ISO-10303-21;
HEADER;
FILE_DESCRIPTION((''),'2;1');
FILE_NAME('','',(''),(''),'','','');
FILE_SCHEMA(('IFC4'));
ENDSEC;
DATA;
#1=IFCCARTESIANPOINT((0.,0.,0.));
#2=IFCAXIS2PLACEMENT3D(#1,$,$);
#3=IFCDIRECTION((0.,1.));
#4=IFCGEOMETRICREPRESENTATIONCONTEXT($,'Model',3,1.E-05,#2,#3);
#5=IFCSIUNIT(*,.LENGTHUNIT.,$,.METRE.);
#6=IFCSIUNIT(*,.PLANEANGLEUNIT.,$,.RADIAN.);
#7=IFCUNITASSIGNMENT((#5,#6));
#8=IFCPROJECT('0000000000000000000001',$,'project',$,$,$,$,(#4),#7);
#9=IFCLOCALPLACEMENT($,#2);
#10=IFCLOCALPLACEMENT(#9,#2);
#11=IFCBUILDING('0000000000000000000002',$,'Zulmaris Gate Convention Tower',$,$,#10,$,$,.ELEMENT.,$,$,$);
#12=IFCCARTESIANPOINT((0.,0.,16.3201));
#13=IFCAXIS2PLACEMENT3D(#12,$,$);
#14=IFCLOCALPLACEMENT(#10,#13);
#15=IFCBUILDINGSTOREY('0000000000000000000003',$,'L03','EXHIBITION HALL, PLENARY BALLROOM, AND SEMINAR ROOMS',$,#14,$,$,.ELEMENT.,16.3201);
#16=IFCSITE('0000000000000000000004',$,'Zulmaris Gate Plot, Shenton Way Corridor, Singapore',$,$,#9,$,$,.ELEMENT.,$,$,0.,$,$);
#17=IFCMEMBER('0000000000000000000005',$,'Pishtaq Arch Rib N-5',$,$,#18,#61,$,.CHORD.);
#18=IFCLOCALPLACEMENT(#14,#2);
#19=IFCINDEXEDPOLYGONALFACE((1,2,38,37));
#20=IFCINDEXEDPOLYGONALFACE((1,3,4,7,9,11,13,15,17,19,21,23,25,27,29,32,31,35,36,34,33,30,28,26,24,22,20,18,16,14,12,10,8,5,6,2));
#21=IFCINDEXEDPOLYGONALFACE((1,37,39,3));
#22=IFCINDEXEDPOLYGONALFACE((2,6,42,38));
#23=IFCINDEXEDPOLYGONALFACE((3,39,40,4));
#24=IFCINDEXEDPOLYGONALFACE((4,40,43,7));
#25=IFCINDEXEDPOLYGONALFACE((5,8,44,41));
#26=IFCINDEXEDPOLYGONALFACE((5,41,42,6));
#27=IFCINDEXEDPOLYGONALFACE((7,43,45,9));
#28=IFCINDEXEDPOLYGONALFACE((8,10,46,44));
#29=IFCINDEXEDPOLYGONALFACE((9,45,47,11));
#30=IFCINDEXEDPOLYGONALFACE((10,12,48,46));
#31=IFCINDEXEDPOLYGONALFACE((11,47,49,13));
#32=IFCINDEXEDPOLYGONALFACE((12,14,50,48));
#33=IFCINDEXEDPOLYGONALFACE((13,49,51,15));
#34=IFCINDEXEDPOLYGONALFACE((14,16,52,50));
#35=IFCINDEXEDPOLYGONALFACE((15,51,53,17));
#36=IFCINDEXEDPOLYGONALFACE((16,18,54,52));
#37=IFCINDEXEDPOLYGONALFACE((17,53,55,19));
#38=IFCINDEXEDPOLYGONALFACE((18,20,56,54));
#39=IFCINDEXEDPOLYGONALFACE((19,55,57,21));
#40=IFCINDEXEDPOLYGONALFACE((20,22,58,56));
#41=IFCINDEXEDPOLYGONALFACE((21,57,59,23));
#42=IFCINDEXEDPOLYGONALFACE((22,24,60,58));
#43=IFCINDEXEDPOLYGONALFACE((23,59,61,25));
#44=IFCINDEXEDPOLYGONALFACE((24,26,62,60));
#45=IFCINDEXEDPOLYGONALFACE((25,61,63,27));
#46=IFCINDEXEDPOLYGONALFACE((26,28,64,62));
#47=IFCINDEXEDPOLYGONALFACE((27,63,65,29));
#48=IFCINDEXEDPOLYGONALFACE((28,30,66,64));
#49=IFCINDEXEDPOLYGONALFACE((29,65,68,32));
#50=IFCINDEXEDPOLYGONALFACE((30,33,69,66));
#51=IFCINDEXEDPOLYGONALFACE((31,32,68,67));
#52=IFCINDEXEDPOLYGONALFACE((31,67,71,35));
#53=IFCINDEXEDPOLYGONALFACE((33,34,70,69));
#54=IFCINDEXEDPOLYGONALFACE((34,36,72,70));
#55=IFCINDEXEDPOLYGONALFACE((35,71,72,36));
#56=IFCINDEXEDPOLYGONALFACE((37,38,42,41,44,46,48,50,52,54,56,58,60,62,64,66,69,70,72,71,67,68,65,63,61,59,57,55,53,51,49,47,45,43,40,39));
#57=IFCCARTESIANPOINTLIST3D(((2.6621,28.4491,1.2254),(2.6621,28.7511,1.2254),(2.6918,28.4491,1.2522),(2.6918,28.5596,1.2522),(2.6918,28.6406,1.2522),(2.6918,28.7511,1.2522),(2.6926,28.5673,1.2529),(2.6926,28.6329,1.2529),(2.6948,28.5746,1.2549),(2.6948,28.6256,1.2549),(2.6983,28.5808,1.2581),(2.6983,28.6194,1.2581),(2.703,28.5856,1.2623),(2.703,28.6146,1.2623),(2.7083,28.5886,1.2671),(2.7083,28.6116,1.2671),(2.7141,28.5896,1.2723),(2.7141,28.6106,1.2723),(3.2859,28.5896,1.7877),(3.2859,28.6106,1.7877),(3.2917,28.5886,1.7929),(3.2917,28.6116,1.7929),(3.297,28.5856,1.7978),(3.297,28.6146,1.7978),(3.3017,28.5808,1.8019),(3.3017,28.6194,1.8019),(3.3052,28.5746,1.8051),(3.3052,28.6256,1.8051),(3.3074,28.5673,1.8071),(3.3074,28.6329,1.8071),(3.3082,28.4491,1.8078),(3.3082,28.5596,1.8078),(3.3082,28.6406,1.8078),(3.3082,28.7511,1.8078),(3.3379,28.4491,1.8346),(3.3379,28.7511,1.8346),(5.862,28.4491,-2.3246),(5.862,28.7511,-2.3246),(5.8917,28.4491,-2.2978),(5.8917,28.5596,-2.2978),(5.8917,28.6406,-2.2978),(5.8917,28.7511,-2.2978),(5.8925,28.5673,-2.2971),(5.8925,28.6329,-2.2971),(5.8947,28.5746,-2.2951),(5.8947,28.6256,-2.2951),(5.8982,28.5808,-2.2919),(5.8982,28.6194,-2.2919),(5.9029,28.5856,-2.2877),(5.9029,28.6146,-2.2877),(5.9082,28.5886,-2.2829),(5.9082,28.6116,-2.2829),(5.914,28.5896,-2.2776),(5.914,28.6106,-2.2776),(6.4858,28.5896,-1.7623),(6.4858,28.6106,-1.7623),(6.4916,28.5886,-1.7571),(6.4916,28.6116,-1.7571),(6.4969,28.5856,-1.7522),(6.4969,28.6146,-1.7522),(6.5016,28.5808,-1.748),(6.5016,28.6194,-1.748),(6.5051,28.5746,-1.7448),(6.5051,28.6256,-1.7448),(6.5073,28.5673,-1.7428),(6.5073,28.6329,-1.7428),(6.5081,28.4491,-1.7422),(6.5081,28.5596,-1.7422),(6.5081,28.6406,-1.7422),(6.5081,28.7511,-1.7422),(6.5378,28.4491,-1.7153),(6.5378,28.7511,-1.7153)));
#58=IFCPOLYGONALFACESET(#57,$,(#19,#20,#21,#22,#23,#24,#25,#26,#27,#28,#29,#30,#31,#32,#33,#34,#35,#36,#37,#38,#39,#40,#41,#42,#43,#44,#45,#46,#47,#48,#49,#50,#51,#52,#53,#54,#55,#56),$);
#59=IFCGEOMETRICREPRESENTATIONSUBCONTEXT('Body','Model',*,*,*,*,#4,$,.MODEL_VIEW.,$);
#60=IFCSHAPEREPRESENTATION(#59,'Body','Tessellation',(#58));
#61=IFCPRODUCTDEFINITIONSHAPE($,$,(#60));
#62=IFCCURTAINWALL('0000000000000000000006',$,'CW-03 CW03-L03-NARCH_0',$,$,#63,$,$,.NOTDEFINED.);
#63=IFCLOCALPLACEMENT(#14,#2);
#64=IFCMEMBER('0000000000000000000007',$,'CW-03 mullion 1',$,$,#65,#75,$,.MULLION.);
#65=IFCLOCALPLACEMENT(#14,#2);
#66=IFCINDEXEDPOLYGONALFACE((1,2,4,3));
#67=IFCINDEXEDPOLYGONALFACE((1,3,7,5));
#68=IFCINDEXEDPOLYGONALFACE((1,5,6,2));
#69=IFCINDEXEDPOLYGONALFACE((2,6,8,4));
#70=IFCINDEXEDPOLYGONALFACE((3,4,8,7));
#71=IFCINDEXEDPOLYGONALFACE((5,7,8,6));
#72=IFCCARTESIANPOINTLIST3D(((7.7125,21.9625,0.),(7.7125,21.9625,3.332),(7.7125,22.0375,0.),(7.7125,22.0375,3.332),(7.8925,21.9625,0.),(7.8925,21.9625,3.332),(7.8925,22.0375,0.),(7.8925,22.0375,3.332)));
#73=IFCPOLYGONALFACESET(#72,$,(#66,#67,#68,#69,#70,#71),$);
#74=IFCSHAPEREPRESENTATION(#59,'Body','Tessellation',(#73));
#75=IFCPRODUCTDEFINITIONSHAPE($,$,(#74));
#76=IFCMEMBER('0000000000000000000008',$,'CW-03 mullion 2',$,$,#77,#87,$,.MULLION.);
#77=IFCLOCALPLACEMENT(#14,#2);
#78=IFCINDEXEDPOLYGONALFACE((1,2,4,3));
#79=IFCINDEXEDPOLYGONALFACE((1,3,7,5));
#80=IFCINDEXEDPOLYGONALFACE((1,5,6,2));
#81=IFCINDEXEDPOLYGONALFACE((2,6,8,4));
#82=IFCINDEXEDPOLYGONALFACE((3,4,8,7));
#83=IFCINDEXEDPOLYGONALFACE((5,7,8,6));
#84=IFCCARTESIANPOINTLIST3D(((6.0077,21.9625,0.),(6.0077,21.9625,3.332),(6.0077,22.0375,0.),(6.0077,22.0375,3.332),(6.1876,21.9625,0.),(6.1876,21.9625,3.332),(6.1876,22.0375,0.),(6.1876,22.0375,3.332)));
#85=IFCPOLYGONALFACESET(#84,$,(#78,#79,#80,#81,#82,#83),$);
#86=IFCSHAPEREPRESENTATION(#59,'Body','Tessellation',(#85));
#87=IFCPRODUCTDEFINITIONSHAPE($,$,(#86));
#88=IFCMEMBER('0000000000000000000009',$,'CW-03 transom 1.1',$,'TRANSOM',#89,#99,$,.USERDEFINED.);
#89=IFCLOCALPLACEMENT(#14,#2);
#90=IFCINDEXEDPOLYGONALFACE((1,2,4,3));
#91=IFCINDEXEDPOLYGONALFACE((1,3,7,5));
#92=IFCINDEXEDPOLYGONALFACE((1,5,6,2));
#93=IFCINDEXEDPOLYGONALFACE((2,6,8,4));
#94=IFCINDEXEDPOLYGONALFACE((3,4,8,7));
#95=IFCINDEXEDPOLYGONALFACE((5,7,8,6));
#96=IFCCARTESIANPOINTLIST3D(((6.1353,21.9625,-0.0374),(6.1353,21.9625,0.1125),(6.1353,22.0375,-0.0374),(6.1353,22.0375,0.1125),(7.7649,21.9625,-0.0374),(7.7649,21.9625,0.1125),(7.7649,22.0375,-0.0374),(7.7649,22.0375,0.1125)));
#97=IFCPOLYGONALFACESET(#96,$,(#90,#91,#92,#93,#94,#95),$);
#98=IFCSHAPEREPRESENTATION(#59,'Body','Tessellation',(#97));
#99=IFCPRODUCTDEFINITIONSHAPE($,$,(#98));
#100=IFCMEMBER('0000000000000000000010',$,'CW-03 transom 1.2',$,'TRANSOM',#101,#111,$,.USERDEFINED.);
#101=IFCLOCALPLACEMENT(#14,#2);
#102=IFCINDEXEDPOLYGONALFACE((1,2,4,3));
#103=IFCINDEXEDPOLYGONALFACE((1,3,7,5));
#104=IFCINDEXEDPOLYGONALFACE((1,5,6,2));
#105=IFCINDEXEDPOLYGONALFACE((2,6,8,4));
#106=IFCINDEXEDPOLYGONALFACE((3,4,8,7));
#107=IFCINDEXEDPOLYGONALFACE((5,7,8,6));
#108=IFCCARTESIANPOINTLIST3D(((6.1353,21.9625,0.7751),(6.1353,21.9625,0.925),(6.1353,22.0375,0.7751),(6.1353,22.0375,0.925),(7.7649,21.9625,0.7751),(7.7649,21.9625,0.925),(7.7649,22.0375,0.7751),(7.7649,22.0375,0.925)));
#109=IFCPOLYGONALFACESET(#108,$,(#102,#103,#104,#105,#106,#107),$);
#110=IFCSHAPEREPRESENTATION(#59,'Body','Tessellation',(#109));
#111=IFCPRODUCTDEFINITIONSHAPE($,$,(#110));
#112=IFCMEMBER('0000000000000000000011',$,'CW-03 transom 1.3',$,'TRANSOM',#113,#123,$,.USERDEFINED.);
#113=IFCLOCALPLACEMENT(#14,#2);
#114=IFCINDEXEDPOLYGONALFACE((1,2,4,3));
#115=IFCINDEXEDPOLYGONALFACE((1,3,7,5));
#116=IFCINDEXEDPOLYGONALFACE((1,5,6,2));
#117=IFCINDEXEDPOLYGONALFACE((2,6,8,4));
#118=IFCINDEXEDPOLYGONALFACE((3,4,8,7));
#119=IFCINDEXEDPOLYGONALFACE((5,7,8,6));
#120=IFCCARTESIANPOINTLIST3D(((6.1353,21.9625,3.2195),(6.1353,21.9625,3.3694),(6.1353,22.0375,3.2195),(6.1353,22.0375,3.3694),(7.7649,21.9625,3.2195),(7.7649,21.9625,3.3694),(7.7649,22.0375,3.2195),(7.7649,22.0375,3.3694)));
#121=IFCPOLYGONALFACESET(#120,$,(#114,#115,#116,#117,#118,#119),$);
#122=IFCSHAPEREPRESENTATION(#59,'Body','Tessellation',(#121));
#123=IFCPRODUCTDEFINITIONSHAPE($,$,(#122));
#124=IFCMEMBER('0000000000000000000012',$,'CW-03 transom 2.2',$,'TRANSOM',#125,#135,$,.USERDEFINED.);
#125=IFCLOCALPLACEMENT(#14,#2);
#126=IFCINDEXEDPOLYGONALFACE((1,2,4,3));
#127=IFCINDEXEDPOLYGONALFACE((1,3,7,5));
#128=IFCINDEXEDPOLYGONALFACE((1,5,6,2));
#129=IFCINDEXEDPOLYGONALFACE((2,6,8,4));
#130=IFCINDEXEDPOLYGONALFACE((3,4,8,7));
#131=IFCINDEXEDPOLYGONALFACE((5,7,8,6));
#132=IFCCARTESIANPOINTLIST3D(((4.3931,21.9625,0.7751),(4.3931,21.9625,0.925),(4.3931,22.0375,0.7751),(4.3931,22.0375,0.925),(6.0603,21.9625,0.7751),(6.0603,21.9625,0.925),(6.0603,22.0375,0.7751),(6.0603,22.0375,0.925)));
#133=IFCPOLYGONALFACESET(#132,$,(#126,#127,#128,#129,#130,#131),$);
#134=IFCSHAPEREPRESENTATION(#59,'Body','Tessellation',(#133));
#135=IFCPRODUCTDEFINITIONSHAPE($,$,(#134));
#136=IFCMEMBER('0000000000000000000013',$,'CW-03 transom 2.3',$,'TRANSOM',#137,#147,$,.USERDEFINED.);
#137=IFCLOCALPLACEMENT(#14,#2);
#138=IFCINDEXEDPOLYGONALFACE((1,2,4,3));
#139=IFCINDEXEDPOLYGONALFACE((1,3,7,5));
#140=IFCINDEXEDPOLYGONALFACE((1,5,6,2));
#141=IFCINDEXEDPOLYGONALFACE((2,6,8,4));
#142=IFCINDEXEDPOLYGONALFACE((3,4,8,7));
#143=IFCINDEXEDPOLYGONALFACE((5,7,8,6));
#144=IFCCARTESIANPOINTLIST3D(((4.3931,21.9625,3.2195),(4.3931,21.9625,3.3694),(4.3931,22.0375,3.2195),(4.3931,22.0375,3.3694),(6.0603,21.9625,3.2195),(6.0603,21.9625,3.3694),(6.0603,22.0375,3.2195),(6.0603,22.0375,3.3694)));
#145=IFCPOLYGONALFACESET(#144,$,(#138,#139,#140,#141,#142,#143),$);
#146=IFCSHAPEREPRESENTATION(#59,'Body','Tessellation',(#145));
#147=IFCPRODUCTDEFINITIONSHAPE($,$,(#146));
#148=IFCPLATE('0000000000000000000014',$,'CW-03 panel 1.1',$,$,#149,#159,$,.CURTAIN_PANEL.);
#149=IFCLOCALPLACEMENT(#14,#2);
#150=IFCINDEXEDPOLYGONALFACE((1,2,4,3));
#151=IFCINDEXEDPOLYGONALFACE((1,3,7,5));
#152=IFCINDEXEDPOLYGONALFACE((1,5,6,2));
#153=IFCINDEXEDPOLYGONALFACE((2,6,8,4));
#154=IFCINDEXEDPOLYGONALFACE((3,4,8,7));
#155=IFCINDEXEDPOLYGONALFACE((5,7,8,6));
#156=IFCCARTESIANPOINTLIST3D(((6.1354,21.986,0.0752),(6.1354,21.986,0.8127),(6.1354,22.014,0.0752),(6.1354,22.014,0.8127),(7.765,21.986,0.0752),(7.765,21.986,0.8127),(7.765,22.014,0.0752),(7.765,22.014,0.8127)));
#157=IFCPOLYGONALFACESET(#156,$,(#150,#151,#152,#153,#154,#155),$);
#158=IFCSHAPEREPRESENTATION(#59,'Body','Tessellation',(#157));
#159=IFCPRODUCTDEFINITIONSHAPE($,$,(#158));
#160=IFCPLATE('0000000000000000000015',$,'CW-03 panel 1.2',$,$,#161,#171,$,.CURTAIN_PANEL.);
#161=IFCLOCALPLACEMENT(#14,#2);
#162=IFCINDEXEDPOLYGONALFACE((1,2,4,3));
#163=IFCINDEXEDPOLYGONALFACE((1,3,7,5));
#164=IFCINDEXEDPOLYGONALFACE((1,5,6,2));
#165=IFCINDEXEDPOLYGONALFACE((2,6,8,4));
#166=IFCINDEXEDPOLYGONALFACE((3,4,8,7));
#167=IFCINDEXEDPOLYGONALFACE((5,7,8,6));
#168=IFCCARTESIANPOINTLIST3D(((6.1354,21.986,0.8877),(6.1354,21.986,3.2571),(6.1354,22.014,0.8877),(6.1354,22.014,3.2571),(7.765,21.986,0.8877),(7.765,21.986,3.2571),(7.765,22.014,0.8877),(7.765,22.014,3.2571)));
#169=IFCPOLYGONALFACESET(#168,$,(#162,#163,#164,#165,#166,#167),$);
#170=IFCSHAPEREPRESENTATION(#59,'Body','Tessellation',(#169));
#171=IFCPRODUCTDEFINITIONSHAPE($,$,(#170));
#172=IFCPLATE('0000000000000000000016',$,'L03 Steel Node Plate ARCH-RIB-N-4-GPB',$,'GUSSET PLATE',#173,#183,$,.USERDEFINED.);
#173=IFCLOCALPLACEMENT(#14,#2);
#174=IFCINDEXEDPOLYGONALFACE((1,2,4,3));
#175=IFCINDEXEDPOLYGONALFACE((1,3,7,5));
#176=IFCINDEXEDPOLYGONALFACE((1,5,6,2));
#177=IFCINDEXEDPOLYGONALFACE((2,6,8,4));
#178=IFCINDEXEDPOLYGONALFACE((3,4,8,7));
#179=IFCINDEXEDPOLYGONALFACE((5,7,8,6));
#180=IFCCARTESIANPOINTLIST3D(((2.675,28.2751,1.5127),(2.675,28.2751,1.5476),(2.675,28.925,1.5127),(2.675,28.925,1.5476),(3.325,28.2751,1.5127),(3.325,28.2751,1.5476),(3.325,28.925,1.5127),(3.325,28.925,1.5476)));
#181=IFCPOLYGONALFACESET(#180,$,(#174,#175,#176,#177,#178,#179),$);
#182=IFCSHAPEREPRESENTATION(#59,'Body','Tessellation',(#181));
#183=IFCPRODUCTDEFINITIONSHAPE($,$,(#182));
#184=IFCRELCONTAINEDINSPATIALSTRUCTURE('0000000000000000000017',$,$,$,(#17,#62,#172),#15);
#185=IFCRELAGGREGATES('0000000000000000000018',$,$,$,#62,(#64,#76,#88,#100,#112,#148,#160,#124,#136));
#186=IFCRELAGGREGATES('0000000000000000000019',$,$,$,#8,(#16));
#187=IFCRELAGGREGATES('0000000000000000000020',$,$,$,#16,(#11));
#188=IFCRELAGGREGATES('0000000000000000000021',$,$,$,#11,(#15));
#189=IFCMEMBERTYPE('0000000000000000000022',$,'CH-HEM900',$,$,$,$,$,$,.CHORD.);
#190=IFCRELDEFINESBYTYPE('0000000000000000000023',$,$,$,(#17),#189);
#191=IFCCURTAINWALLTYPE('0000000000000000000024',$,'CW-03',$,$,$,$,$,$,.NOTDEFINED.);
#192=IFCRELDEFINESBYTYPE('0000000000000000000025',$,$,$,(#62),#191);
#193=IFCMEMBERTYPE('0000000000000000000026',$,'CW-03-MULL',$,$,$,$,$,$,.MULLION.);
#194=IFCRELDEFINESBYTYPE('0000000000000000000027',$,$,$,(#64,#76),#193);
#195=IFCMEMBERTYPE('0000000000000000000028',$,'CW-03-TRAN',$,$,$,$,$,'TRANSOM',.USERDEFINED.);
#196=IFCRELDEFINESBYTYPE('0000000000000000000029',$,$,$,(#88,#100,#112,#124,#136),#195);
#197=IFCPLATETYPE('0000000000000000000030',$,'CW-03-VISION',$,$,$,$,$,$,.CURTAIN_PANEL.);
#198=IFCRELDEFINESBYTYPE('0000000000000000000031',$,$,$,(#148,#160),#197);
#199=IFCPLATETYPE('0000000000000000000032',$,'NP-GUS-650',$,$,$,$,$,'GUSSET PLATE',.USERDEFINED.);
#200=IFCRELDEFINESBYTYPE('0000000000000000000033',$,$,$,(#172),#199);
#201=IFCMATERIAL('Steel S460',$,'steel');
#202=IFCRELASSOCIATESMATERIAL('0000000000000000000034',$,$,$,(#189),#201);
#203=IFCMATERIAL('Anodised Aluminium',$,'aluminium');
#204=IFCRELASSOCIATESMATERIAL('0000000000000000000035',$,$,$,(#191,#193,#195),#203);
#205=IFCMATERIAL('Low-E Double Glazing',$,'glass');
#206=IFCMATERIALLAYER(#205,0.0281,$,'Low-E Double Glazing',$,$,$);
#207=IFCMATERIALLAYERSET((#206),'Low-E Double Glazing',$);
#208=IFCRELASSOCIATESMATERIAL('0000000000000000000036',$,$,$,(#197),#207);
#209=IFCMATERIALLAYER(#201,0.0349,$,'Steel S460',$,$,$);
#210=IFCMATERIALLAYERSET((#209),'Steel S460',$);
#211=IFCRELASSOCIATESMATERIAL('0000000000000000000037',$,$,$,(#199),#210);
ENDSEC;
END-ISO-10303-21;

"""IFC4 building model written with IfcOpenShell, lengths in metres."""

from ifc_helpers import new_model, si_unit, direction, frame, origin, origin_2d, place, context, subcontext, project, spatial, rectangle, i_section, extrude, material, layer, layer_set, material_profile, profile_set, type_object, element, aggregate, save


model = new_model("IFC4")

# Units and contexts
model_context = context("Model", 3, precision=1e-05, world=origin(), true_north=direction((0.0, 1.0)))
body_context = subcontext(model_context, "Body", "Model", "MODEL_VIEW")
ifc_project = project(units=[si_unit("LENGTHUNIT", "METRE"), si_unit("PLANEANGLEUNIT", "RADIAN")], contexts=[model_context])

# Site, building, storey
site_placement = place(None, origin())
site = spatial("IfcSite", under=ifc_project, at=site_placement, Name="Zulmaris Gate Plot, Shenton Way Corridor, Singapore", CompositionType="ELEMENT", RefElevation=0.0)
building_placement = place(site_placement, origin())
building = spatial("IfcBuilding", under=site, at=building_placement, Name="Zulmaris Gate Convention Tower", CompositionType="ELEMENT")
storey_placement = place(building_placement, frame((0.0, 0.0, 16.3201)))
storey = spatial("IfcBuildingStorey", under=building, at=storey_placement, Name="L03", Description="EXHIBITION HALL, PLENARY BALLROOM, AND SEMINAR ROOMS", CompositionType="ELEMENT", Elevation=16.3201)

# Member
ifc_material_1 = material(Name="Steel S460", Category="steel")
ifc_material_profile_1 = material_profile(ifc_material_1, i_section(OverallWidth=0.302, OverallDepth=0.9099, WebThickness=0.021, FlangeThickness=0.04, FilletRadius=0.03, at=origin_2d()), Name="HEM 900")
ifc_profile_set_1 = profile_set([ifc_material_profile_1], Name="Steel S460")
member_type_1 = type_object("IfcMemberType", Name="CH-HEM900", PredefinedType="CHORD", material=ifc_profile_set_1)
member_1_placement = place(storey_placement, frame((3.0, 28.6001, 1.53), z_axis=(0.669532, 0.0, -0.742783), x_axis=(0.0, 1.0, 0.0)))
element("IfcMember", 1, at=member_1_placement, inside=storey, type_object=member_type_1, Name="Pishtaq Arch Rib N-5", PredefinedType="CHORD", context=body_context, shape_type="SweptSolid", body=[
    extrude(i_section(OverallWidth=0.302, OverallDepth=0.9099, WebThickness=0.021, FlangeThickness=0.04, FilletRadius=0.03, at=origin_2d()), origin(), (0.0, 0.0, 1.0), 4.7793),
])

# Curtain wall, members, plates
ifc_material_2 = material(Name="Anodised Aluminium", Category="aluminium")
curtain_wall_type = type_object("IfcCurtainWallType", Name="CW-03", PredefinedType="NOTDEFINED", material=ifc_material_2)
curtain_wall_placement = place(storey_placement, origin())
curtain_wall = element("IfcCurtainWall", 2, at=curtain_wall_placement, inside=storey, type_object=curtain_wall_type, Name="CW-03 CW03-L03-NARCH_0", PredefinedType="NOTDEFINED")
ifc_material_profile_2 = material_profile(ifc_material_2, rectangle(XDim=0.075, YDim=0.1799, at=origin_2d()), Name="ALU MULLION 75x180")
ifc_profile_set_2 = profile_set([ifc_material_profile_2], Name="Anodised Aluminium")
member_type_2 = type_object("IfcMemberType", Name="CW-03-MULL", PredefinedType="MULLION", material=ifc_profile_set_2)
member_2_placement = place(storey_placement, frame((7.8025, 22.0, 0.0), z_axis=(0.0, 0.0, 1.0), x_axis=(0.0, -1.0, 0.0)))
member_2 = element("IfcMember", 3, at=member_2_placement, type_object=member_type_2, Name="CW-03 mullion 1", PredefinedType="MULLION", context=body_context, shape_type="SweptSolid", body=[
    extrude(rectangle(XDim=0.075, YDim=0.1799, at=origin_2d()), origin(), (0.0, 0.0, 1.0), 3.332),
])
member_3_placement = place(storey_placement, frame((6.0977, 22.0, 0.0), z_axis=(0.0, 0.0, 1.0), x_axis=(0.0, -1.0, 0.0)))
member_3 = element("IfcMember", 4, at=member_3_placement, type_object=member_type_2, Name="CW-03 mullion 2", PredefinedType="MULLION", context=body_context, shape_type="SweptSolid", body=[
    extrude(rectangle(XDim=0.075, YDim=0.1799, at=origin_2d()), origin(), (0.0, 0.0, 1.0), 3.332),
])
ifc_material_profile_3 = material_profile(ifc_material_2, rectangle(XDim=0.075, YDim=0.1499, at=origin_2d()), Name="ALU TRANSOM 75x150")
ifc_profile_set_3 = profile_set([ifc_material_profile_3], Name="Anodised Aluminium")
member_type_3 = type_object("IfcMemberType", Name="CW-03-TRAN", ElementType="TRANSOM", PredefinedType="USERDEFINED", material=ifc_profile_set_3)
member_4_placement = place(storey_placement, frame((7.7649, 22.0, 0.0376), z_axis=(-1.0, 0.0, 0.0), x_axis=(0.0, -1.0, 0.0)))
member_4 = element("IfcMember", 5, at=member_4_placement, type_object=member_type_3, Name="CW-03 transom 1.1", ObjectType="TRANSOM", PredefinedType="USERDEFINED", context=body_context, shape_type="SweptSolid", body=[
    extrude(rectangle(XDim=0.075, YDim=0.1499, at=origin_2d()), origin(), (0.0, 0.0, 1.0), 1.6296),
])
member_5_placement = place(storey_placement, frame((7.7649, 22.0, 0.8501), z_axis=(-1.0, 0.0, 0.0), x_axis=(0.0, -1.0, 0.0)))
member_5 = element("IfcMember", 6, at=member_5_placement, type_object=member_type_3, Name="CW-03 transom 1.2", ObjectType="TRANSOM", PredefinedType="USERDEFINED", context=body_context, shape_type="SweptSolid", body=[
    extrude(rectangle(XDim=0.075, YDim=0.1499, at=origin_2d()), origin(), (0.0, 0.0, 1.0), 1.6296),
])
member_6_placement = place(storey_placement, frame((7.7649, 22.0, 3.2944), z_axis=(-1.0, 0.0, 0.0), x_axis=(0.0, -1.0, 0.0)))
member_6 = element("IfcMember", 7, at=member_6_placement, type_object=member_type_3, Name="CW-03 transom 1.3", ObjectType="TRANSOM", PredefinedType="USERDEFINED", context=body_context, shape_type="SweptSolid", body=[
    extrude(rectangle(XDim=0.075, YDim=0.1499, at=origin_2d()), origin(), (0.0, 0.0, 1.0), 1.6296),
])
member_7_placement = place(storey_placement, frame((6.0603, 22.0, 0.8501), z_axis=(-1.0, 0.0, 0.0), x_axis=(0.0, -1.0, 0.0)))
member_7 = element("IfcMember", 8, at=member_7_placement, type_object=member_type_3, Name="CW-03 transom 2.2", ObjectType="TRANSOM", PredefinedType="USERDEFINED", context=body_context, shape_type="SweptSolid", body=[
    extrude(rectangle(XDim=0.075, YDim=0.1499, at=origin_2d()), origin(), (0.0, 0.0, 1.0), 1.6672),
])
member_8_placement = place(storey_placement, frame((6.0603, 22.0, 3.2944), z_axis=(-1.0, 0.0, 0.0), x_axis=(0.0, -1.0, 0.0)))
member_8 = element("IfcMember", 9, at=member_8_placement, type_object=member_type_3, Name="CW-03 transom 2.3", ObjectType="TRANSOM", PredefinedType="USERDEFINED", context=body_context, shape_type="SweptSolid", body=[
    extrude(rectangle(XDim=0.075, YDim=0.1499, at=origin_2d()), origin(), (0.0, 0.0, 1.0), 1.6672),
])
ifc_material_3 = material(Name="Low-E Double Glazing", Category="glass")
ifc_layer_1 = layer(ifc_material_3, 0.0281, Name="Low-E Double Glazing")
ifc_layer_set_1 = layer_set([ifc_layer_1], Name="Low-E Double Glazing")
plate_type_1 = type_object("IfcPlateType", Name="CW-03-VISION", PredefinedType="CURTAIN_PANEL", material=ifc_layer_set_1)
plate_1_placement = place(storey_placement, frame((6.9502, 22.0, 0.0752), z_axis=(0.0, 0.0, 1.0), x_axis=(-1.0, 0.0, 0.0)))
plate_1 = element("IfcPlate", 10, at=plate_1_placement, type_object=plate_type_1, Name="CW-03 panel 1.1", PredefinedType="CURTAIN_PANEL", context=body_context, shape_type="SweptSolid", body=[
    extrude(rectangle(XDim=1.6296, YDim=0.0281, at=origin_2d()), origin(), (0.0, 0.0, 1.0), 0.7375),
])
plate_2_placement = place(storey_placement, frame((6.9502, 22.0, 0.8877), z_axis=(0.0, 0.0, 1.0), x_axis=(-1.0, 0.0, 0.0)))
plate_2 = element("IfcPlate", 11, at=plate_2_placement, type_object=plate_type_1, Name="CW-03 panel 1.2", PredefinedType="CURTAIN_PANEL", context=body_context, shape_type="SweptSolid", body=[
    extrude(rectangle(XDim=1.6296, YDim=0.0281, at=origin_2d()), origin(), (0.0, 0.0, 1.0), 2.3694),
])
aggregate(curtain_wall, [member_2, member_3, member_4, member_5, member_6, plate_1, plate_2, member_7, member_8])

# Plate
ifc_layer_2 = layer(ifc_material_1, 0.0349, Name="Steel S460")
ifc_layer_set_2 = layer_set([ifc_layer_2], Name="Steel S460")
plate_type_2 = type_object("IfcPlateType", Name="NP-GUS-650", ElementType="GUSSET PLATE", PredefinedType="USERDEFINED", material=ifc_layer_set_2)
plate_3_placement = place(storey_placement, frame((3.0, 28.6001, 1.5127), z_axis=(0.0, 0.0, 1.0), x_axis=(1.0, 0.0, 0.0)))
element("IfcPlate", 12, at=plate_3_placement, inside=storey, type_object=plate_type_2, Name="L03 Steel Node Plate ARCH-RIB-N-4-GPB", ObjectType="GUSSET PLATE", PredefinedType="USERDEFINED", context=body_context, shape_type="SweptSolid", body=[
    extrude(rectangle(XDim=0.6499, YDim=0.6499, at=origin_2d()), origin(), (0.0, 0.0, 1.0), 0.0349),
])

save(model, "model.ifc")
